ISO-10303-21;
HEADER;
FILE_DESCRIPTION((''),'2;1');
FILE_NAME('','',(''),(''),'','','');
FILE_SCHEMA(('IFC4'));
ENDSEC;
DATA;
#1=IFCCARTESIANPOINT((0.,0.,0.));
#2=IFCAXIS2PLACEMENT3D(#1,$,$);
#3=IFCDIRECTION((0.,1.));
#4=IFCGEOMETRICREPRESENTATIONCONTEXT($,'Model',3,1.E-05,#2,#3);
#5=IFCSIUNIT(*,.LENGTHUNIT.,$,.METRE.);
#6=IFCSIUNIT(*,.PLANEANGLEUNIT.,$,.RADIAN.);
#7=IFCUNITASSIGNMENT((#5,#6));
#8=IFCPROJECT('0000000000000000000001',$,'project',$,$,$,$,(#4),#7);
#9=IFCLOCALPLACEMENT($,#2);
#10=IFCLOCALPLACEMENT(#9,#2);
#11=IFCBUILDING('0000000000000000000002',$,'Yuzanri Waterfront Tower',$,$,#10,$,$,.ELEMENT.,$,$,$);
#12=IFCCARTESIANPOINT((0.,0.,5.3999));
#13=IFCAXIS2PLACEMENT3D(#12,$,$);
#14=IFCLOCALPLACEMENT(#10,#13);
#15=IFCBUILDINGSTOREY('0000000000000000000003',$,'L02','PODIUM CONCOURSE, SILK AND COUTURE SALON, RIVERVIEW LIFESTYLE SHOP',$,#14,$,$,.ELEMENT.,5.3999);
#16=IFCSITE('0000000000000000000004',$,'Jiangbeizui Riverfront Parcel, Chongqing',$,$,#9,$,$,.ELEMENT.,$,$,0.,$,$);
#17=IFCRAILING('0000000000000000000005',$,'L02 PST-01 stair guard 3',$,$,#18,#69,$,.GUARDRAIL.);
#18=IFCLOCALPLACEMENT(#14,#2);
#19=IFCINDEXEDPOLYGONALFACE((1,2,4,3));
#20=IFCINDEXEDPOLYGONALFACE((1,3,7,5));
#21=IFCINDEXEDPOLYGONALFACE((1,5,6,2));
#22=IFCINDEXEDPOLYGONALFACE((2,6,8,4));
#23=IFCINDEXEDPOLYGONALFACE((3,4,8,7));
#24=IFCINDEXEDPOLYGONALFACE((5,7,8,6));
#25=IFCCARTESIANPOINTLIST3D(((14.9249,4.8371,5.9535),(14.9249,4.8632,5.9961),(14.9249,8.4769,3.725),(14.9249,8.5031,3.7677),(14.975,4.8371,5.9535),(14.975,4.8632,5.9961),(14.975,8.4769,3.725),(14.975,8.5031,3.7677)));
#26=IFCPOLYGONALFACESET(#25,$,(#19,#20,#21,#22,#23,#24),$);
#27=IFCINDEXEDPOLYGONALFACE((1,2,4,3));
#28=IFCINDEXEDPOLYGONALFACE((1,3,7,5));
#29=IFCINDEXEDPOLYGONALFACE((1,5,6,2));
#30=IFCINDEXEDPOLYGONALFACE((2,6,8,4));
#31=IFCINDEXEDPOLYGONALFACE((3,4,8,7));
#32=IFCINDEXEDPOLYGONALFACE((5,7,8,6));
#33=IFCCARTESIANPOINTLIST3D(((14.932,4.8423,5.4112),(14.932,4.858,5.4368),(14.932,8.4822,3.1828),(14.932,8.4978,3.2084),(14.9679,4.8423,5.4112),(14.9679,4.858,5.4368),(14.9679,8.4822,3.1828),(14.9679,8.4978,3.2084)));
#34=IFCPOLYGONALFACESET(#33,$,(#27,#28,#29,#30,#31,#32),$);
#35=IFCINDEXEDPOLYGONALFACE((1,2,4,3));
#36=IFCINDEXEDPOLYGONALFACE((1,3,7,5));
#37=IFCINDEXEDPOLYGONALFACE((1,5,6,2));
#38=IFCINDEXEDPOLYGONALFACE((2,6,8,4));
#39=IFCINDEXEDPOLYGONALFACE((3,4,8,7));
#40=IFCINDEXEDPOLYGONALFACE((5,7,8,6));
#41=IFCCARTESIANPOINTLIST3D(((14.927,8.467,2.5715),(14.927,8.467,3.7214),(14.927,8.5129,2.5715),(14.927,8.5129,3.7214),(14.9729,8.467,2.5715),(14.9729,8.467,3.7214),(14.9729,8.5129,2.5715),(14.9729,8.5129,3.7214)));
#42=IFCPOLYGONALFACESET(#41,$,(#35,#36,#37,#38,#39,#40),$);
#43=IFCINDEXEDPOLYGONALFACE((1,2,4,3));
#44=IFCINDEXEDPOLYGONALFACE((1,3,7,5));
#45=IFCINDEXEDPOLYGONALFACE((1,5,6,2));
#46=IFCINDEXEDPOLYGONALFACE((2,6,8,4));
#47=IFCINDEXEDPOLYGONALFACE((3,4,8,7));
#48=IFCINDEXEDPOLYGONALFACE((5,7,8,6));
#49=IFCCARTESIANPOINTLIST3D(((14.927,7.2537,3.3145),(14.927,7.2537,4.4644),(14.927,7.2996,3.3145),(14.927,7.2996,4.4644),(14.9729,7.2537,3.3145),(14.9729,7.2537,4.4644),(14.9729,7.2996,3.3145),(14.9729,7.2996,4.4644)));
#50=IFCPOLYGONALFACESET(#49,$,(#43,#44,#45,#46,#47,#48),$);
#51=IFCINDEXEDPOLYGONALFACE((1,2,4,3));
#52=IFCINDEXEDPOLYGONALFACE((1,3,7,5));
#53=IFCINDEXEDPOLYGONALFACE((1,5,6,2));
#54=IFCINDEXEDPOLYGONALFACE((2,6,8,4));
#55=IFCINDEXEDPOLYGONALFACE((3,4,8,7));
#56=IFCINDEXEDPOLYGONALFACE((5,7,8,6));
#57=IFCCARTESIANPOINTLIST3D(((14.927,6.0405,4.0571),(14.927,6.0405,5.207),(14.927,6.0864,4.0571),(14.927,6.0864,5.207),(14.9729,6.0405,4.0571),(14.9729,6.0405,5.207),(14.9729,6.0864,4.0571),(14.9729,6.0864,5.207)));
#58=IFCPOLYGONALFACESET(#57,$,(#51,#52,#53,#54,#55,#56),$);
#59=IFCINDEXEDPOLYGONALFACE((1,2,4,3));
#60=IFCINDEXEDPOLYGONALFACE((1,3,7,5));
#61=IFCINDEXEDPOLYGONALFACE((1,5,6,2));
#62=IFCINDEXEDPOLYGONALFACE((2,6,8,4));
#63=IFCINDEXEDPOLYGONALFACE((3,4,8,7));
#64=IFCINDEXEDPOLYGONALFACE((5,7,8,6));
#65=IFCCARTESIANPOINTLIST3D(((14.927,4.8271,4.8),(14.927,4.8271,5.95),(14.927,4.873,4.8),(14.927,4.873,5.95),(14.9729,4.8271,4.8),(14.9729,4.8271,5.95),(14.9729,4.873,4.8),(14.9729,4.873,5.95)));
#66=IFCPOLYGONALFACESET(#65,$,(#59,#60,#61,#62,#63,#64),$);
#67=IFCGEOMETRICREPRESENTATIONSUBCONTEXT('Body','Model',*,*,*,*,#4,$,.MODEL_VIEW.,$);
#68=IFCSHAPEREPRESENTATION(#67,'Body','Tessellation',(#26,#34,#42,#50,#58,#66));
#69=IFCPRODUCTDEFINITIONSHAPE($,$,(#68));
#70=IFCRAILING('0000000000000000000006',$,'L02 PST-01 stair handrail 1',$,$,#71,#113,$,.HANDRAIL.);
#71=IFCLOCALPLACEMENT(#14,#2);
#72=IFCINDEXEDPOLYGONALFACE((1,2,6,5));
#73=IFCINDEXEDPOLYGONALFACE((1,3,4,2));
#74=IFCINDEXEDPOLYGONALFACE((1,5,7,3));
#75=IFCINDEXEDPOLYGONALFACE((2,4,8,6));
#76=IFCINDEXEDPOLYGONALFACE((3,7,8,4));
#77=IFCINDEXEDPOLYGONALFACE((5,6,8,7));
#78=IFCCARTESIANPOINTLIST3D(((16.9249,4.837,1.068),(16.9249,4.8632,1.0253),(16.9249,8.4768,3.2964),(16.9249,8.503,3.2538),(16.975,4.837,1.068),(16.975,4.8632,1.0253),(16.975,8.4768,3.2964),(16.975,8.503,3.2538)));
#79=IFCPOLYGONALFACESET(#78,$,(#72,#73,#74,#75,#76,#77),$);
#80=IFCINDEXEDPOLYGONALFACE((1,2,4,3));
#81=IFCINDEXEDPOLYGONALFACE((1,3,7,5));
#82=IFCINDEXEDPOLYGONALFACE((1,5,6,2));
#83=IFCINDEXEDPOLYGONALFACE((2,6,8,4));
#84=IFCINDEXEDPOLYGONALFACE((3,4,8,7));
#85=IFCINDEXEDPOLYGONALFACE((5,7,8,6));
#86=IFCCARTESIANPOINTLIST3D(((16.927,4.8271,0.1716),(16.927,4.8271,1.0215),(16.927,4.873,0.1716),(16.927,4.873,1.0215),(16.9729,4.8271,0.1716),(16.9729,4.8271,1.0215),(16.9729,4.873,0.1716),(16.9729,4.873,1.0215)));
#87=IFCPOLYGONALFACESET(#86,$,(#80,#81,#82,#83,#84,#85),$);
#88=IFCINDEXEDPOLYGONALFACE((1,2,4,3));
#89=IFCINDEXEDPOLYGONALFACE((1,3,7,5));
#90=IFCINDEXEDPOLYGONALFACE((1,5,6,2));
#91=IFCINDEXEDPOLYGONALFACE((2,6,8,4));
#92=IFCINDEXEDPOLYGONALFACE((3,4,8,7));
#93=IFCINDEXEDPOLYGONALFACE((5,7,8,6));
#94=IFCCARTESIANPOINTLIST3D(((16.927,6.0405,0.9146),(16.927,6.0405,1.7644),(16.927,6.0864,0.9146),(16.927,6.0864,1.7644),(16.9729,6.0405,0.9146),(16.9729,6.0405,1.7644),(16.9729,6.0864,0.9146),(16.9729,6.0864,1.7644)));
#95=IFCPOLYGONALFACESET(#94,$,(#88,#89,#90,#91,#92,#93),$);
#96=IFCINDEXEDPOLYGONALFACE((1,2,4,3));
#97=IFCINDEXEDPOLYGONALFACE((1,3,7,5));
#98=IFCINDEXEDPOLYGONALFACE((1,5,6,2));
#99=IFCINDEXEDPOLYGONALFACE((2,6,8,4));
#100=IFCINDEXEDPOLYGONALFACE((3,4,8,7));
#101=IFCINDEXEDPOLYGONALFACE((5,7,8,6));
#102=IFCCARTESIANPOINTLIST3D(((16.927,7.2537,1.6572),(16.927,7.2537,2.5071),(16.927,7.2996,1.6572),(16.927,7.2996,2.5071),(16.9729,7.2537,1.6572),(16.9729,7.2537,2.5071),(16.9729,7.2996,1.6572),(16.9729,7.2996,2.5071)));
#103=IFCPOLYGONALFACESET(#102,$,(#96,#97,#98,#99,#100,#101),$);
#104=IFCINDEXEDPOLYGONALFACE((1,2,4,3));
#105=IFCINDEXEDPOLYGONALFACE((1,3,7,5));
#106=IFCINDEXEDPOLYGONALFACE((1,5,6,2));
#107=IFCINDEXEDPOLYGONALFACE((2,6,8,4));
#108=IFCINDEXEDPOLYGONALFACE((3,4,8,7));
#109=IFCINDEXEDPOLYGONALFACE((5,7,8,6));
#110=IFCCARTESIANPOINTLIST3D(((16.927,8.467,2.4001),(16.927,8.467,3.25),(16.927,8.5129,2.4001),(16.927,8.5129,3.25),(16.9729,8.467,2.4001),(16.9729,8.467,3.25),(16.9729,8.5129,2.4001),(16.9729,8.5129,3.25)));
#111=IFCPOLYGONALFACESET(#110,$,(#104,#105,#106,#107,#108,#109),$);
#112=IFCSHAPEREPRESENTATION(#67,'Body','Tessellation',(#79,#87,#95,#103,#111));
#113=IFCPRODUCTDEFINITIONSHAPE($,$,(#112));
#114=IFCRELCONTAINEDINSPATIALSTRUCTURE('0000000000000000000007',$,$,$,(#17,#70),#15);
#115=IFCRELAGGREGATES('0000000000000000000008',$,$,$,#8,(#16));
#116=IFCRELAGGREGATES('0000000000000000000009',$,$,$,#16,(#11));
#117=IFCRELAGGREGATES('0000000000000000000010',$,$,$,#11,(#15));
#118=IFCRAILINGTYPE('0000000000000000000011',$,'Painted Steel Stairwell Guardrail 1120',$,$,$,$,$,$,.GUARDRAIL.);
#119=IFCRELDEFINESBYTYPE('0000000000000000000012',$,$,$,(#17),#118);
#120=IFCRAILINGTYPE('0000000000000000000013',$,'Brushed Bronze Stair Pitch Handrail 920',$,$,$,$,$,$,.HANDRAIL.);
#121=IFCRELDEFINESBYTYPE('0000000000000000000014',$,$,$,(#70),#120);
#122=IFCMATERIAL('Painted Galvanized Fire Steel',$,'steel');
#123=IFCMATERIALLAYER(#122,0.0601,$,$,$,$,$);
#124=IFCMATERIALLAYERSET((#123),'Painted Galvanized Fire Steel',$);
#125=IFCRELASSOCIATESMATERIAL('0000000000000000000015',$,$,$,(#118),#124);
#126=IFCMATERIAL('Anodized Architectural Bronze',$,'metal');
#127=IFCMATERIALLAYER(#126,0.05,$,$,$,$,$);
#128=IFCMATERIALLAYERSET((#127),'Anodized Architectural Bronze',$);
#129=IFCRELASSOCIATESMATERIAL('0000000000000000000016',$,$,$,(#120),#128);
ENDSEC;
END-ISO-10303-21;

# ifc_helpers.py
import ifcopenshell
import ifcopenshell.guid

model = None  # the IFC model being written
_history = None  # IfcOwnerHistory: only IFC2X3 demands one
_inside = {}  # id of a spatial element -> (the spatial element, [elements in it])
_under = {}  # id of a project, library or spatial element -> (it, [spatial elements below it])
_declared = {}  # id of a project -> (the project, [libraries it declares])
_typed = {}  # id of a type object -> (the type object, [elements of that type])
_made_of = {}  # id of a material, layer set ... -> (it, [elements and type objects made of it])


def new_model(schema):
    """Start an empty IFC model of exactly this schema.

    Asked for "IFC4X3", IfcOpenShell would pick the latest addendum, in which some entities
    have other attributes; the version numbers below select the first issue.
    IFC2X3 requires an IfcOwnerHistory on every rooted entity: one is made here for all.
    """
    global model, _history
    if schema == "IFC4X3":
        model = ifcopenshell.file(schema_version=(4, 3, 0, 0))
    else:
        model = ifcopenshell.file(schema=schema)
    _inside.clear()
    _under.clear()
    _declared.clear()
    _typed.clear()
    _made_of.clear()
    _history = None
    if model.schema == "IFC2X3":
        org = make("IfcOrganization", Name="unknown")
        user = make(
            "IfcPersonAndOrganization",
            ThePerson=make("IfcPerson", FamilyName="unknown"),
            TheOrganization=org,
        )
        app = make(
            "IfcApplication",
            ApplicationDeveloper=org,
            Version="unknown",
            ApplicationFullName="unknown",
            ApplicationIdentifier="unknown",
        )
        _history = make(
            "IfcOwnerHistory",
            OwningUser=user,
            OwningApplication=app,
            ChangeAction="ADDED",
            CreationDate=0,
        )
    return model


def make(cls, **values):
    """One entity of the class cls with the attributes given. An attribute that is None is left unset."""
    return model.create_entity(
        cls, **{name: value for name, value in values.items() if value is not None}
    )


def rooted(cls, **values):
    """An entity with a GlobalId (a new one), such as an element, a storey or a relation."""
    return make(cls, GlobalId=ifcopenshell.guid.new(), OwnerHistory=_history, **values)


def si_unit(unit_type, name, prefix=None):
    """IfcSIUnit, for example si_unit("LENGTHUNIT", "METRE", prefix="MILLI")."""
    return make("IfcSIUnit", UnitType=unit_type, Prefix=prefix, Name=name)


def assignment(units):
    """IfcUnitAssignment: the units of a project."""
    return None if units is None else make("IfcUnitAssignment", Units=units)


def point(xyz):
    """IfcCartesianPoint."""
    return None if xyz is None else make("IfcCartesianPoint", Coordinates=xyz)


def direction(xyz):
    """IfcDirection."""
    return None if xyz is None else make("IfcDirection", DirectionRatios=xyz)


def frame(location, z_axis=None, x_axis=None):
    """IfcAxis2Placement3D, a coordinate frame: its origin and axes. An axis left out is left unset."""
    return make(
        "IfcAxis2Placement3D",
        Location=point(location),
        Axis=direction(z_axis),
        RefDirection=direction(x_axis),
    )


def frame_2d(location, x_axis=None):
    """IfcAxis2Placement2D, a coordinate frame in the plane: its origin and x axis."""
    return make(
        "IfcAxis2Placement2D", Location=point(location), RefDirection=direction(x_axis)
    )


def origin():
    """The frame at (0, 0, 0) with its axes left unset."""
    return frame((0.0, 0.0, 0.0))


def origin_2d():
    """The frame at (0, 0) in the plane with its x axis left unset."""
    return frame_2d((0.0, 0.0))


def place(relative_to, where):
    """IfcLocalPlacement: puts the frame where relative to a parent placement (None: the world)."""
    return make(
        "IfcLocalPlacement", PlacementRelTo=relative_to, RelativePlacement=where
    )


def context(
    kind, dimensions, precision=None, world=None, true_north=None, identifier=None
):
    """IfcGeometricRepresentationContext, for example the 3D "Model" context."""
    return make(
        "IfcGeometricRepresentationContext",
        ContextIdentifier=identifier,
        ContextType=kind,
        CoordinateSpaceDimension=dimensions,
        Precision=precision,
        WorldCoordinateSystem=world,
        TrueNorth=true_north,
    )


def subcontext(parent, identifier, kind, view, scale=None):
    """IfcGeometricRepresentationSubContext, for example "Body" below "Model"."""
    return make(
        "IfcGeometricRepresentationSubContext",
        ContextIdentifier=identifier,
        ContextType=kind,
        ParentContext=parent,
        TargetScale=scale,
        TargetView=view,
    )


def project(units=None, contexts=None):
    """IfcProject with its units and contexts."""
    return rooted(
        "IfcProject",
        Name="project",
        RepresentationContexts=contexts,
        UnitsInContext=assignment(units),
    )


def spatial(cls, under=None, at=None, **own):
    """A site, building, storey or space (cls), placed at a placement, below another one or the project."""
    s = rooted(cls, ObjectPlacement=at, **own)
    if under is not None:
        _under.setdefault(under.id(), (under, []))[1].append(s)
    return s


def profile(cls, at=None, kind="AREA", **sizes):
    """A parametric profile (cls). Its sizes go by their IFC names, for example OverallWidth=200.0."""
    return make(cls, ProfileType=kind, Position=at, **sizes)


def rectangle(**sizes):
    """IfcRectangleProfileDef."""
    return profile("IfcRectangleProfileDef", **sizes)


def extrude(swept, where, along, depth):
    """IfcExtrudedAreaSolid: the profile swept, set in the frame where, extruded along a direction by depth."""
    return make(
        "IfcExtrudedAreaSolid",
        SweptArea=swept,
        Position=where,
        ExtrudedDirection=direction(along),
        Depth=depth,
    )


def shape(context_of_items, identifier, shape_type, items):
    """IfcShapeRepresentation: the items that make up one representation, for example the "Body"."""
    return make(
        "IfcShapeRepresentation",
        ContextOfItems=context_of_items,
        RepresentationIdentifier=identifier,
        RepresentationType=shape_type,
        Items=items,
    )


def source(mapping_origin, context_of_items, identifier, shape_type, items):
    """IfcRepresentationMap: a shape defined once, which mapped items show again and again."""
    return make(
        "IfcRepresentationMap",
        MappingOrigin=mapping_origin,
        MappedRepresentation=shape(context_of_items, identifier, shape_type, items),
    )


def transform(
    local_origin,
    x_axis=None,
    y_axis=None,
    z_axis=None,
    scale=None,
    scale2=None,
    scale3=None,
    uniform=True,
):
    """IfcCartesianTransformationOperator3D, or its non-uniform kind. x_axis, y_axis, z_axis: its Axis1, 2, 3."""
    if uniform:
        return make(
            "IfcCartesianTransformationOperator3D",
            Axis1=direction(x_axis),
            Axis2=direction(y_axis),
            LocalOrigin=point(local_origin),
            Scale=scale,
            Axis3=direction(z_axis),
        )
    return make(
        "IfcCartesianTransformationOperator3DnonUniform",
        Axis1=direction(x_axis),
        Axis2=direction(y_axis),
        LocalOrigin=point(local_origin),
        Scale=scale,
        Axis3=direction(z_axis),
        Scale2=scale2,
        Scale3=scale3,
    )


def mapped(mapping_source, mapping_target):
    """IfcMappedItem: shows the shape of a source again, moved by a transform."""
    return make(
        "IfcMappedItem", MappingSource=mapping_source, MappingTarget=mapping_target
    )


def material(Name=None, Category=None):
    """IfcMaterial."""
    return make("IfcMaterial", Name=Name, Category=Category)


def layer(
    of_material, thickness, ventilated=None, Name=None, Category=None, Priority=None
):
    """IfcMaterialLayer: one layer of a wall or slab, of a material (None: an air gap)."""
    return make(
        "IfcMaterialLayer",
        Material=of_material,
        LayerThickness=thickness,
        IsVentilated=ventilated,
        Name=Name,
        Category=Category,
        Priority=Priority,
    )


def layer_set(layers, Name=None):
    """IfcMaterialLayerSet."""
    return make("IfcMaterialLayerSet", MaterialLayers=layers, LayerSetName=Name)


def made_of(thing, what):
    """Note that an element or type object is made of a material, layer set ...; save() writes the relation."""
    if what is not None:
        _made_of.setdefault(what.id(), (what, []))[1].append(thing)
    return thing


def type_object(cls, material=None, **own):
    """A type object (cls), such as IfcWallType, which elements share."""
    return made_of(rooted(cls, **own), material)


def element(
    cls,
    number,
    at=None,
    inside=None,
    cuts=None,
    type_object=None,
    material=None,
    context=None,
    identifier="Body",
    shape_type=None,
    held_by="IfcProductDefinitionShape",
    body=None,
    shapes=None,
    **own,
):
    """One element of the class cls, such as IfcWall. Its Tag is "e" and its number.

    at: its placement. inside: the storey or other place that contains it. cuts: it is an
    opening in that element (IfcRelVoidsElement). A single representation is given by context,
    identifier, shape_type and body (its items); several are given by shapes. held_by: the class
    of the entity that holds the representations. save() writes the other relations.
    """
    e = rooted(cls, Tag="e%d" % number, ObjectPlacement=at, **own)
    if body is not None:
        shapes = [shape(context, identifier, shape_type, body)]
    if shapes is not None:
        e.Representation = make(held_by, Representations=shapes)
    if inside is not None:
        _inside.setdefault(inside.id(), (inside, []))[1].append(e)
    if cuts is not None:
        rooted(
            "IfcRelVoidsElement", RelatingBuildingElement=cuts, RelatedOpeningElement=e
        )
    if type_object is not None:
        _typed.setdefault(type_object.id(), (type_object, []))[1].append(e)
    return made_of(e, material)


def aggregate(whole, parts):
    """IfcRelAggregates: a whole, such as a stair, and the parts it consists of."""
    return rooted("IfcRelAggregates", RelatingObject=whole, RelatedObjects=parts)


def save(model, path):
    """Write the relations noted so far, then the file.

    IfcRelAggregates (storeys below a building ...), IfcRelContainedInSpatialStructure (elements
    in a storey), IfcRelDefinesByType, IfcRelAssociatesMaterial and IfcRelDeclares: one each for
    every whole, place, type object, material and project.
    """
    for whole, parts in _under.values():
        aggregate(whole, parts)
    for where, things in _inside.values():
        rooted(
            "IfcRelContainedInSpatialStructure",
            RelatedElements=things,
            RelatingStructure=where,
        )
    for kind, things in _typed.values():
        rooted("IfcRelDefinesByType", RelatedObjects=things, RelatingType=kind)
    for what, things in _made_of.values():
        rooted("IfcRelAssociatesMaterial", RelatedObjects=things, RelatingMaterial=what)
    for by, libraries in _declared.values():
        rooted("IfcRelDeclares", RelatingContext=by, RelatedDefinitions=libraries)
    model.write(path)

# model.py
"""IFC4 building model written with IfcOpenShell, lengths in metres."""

from ifc_helpers import new_model, si_unit, direction, frame, origin, origin_2d, place, context, subcontext, project, spatial, rectangle, extrude, source, transform, mapped, material, layer, layer_set, type_object, element, save


model = new_model("IFC4")

# Units and contexts
model_context = context("Model", 3, precision=1e-05, world=origin(), true_north=direction((0.0, 1.0)))
body_context = subcontext(model_context, "Body", "Model", "MODEL_VIEW")
ifc_project = project(units=[si_unit("LENGTHUNIT", "METRE"), si_unit("PLANEANGLEUNIT", "RADIAN")], contexts=[model_context])

# Site, building, storey
site_placement = place(None, origin())
site = spatial("IfcSite", under=ifc_project, at=site_placement, Name="Jiangbeizui Riverfront Parcel, Chongqing", CompositionType="ELEMENT", RefElevation=0.0)
building_placement = place(site_placement, origin())
building = spatial("IfcBuilding", under=site, at=building_placement, Name="Yuzanri Waterfront Tower", CompositionType="ELEMENT")
storey_placement = place(building_placement, frame((0.0, 0.0, 5.3999)))
storey = spatial("IfcBuildingStorey", under=building, at=storey_placement, Name="L02", Description="PODIUM CONCOURSE, SILK AND COUTURE SALON, RIVERVIEW LIFESTYLE SHOP", CompositionType="ELEMENT", Elevation=5.3999)

# Railings
ifc_material_1 = material(Name="Painted Galvanized Fire Steel", Category="steel")
ifc_layer_1 = layer(ifc_material_1, 0.0601)
ifc_layer_set_1 = layer_set([ifc_layer_1], Name="Painted Galvanized Fire Steel")
railing_type_1 = type_object("IfcRailingType", Name="Painted Steel Stairwell Guardrail 1120", PredefinedType="GUARDRAIL", material=ifc_layer_set_1)
shared_shape_1 = source(origin(), body_context, "Body", "SweptSolid", [
    extrude(rectangle(XDim=0.05, YDim=0.05, at=origin_2d()), frame((0.0, 0.0, 1.1748), z_axis=(0.0, -0.85285, 0.522156), x_axis=(1.0, 0.0, 0.0)), (0.0, 0.0, 1.0), 4.2678),
    extrude(rectangle(XDim=0.0359, YDim=0.03, at=origin_2d()), frame((0.0, 0.0, 0.624), z_axis=(0.0, -0.85285, 0.522156), x_axis=(1.0, 0.0, 0.0)), (0.0, 0.0, 1.0), 4.2678),
    extrude(rectangle(XDim=0.0459, YDim=0.0459, at=origin_2d()), origin(), (0.0, 0.0, 1.0), 1.1499),
    extrude(rectangle(XDim=0.0459, YDim=0.0459, at=origin_2d()), frame((0.0, -1.2134, 0.7429)), (0.0, 0.0, 1.0), 1.1499),
    extrude(rectangle(XDim=0.0459, YDim=0.0459, at=origin_2d()), frame((0.0, -2.4265, 1.4856)), (0.0, 0.0, 1.0), 1.1499),
    extrude(rectangle(XDim=0.0459, YDim=0.0459, at=origin_2d()), frame((0.0, -3.6399, 2.2285)), (0.0, 0.0, 1.0), 1.1499),
])
railing_1_placement = place(storey_placement, frame((14.95, 8.49, 2.5715)))
element("IfcRailing", 1, at=railing_1_placement, inside=storey, type_object=railing_type_1, Name="L02 PST-01 stair guard 3", PredefinedType="GUARDRAIL", context=body_context, shape_type="MappedRepresentation", body=[
    mapped(shared_shape_1, transform((0.0, 0.0, 0.0), scale=1.0)),
])
ifc_material_2 = material(Name="Anodized Architectural Bronze", Category="metal")
ifc_layer_2 = layer(ifc_material_2, 0.05)
ifc_layer_set_2 = layer_set([ifc_layer_2], Name="Anodized Architectural Bronze")
railing_type_2 = type_object("IfcRailingType", Name="Brushed Bronze Stair Pitch Handrail 920", PredefinedType="HANDRAIL", material=ifc_layer_set_2)
shared_shape_2 = source(origin(), body_context, "Body", "SweptSolid", [
    extrude(rectangle(XDim=0.05, YDim=0.05, at=origin_2d()), frame((0.0, 0.0, 0.875), z_axis=(0.0, 0.85285, 0.522156), x_axis=(-1.0, 0.0, 0.0)), (0.0, 0.0, 1.0), 4.2678),
    extrude(rectangle(XDim=0.0459, YDim=0.0459, at=origin_2d()), origin(), (0.0, 0.0, 1.0), 0.8499),
    extrude(rectangle(XDim=0.0459, YDim=0.0459, at=origin_2d()), frame((0.0, 1.2134, 0.7429)), (0.0, 0.0, 1.0), 0.8499),
    extrude(rectangle(XDim=0.0459, YDim=0.0459, at=origin_2d()), frame((0.0, 2.4265, 1.4856)), (0.0, 0.0, 1.0), 0.8499),
    extrude(rectangle(XDim=0.0459, YDim=0.0459, at=origin_2d()), frame((0.0, 3.6399, 2.2285)), (0.0, 0.0, 1.0), 0.8499),
])
railing_2_placement = place(storey_placement, frame((16.95, 4.8501, 0.1716)))
element("IfcRailing", 2, at=railing_2_placement, inside=storey, type_object=railing_type_2, Name="L02 PST-01 stair handrail 1", PredefinedType="HANDRAIL", context=body_context, shape_type="MappedRepresentation", body=[
    mapped(shared_shape_2, transform((0.0, 0.0, 0.0), scale=1.0)),
])

save(model, "model.ifc")
